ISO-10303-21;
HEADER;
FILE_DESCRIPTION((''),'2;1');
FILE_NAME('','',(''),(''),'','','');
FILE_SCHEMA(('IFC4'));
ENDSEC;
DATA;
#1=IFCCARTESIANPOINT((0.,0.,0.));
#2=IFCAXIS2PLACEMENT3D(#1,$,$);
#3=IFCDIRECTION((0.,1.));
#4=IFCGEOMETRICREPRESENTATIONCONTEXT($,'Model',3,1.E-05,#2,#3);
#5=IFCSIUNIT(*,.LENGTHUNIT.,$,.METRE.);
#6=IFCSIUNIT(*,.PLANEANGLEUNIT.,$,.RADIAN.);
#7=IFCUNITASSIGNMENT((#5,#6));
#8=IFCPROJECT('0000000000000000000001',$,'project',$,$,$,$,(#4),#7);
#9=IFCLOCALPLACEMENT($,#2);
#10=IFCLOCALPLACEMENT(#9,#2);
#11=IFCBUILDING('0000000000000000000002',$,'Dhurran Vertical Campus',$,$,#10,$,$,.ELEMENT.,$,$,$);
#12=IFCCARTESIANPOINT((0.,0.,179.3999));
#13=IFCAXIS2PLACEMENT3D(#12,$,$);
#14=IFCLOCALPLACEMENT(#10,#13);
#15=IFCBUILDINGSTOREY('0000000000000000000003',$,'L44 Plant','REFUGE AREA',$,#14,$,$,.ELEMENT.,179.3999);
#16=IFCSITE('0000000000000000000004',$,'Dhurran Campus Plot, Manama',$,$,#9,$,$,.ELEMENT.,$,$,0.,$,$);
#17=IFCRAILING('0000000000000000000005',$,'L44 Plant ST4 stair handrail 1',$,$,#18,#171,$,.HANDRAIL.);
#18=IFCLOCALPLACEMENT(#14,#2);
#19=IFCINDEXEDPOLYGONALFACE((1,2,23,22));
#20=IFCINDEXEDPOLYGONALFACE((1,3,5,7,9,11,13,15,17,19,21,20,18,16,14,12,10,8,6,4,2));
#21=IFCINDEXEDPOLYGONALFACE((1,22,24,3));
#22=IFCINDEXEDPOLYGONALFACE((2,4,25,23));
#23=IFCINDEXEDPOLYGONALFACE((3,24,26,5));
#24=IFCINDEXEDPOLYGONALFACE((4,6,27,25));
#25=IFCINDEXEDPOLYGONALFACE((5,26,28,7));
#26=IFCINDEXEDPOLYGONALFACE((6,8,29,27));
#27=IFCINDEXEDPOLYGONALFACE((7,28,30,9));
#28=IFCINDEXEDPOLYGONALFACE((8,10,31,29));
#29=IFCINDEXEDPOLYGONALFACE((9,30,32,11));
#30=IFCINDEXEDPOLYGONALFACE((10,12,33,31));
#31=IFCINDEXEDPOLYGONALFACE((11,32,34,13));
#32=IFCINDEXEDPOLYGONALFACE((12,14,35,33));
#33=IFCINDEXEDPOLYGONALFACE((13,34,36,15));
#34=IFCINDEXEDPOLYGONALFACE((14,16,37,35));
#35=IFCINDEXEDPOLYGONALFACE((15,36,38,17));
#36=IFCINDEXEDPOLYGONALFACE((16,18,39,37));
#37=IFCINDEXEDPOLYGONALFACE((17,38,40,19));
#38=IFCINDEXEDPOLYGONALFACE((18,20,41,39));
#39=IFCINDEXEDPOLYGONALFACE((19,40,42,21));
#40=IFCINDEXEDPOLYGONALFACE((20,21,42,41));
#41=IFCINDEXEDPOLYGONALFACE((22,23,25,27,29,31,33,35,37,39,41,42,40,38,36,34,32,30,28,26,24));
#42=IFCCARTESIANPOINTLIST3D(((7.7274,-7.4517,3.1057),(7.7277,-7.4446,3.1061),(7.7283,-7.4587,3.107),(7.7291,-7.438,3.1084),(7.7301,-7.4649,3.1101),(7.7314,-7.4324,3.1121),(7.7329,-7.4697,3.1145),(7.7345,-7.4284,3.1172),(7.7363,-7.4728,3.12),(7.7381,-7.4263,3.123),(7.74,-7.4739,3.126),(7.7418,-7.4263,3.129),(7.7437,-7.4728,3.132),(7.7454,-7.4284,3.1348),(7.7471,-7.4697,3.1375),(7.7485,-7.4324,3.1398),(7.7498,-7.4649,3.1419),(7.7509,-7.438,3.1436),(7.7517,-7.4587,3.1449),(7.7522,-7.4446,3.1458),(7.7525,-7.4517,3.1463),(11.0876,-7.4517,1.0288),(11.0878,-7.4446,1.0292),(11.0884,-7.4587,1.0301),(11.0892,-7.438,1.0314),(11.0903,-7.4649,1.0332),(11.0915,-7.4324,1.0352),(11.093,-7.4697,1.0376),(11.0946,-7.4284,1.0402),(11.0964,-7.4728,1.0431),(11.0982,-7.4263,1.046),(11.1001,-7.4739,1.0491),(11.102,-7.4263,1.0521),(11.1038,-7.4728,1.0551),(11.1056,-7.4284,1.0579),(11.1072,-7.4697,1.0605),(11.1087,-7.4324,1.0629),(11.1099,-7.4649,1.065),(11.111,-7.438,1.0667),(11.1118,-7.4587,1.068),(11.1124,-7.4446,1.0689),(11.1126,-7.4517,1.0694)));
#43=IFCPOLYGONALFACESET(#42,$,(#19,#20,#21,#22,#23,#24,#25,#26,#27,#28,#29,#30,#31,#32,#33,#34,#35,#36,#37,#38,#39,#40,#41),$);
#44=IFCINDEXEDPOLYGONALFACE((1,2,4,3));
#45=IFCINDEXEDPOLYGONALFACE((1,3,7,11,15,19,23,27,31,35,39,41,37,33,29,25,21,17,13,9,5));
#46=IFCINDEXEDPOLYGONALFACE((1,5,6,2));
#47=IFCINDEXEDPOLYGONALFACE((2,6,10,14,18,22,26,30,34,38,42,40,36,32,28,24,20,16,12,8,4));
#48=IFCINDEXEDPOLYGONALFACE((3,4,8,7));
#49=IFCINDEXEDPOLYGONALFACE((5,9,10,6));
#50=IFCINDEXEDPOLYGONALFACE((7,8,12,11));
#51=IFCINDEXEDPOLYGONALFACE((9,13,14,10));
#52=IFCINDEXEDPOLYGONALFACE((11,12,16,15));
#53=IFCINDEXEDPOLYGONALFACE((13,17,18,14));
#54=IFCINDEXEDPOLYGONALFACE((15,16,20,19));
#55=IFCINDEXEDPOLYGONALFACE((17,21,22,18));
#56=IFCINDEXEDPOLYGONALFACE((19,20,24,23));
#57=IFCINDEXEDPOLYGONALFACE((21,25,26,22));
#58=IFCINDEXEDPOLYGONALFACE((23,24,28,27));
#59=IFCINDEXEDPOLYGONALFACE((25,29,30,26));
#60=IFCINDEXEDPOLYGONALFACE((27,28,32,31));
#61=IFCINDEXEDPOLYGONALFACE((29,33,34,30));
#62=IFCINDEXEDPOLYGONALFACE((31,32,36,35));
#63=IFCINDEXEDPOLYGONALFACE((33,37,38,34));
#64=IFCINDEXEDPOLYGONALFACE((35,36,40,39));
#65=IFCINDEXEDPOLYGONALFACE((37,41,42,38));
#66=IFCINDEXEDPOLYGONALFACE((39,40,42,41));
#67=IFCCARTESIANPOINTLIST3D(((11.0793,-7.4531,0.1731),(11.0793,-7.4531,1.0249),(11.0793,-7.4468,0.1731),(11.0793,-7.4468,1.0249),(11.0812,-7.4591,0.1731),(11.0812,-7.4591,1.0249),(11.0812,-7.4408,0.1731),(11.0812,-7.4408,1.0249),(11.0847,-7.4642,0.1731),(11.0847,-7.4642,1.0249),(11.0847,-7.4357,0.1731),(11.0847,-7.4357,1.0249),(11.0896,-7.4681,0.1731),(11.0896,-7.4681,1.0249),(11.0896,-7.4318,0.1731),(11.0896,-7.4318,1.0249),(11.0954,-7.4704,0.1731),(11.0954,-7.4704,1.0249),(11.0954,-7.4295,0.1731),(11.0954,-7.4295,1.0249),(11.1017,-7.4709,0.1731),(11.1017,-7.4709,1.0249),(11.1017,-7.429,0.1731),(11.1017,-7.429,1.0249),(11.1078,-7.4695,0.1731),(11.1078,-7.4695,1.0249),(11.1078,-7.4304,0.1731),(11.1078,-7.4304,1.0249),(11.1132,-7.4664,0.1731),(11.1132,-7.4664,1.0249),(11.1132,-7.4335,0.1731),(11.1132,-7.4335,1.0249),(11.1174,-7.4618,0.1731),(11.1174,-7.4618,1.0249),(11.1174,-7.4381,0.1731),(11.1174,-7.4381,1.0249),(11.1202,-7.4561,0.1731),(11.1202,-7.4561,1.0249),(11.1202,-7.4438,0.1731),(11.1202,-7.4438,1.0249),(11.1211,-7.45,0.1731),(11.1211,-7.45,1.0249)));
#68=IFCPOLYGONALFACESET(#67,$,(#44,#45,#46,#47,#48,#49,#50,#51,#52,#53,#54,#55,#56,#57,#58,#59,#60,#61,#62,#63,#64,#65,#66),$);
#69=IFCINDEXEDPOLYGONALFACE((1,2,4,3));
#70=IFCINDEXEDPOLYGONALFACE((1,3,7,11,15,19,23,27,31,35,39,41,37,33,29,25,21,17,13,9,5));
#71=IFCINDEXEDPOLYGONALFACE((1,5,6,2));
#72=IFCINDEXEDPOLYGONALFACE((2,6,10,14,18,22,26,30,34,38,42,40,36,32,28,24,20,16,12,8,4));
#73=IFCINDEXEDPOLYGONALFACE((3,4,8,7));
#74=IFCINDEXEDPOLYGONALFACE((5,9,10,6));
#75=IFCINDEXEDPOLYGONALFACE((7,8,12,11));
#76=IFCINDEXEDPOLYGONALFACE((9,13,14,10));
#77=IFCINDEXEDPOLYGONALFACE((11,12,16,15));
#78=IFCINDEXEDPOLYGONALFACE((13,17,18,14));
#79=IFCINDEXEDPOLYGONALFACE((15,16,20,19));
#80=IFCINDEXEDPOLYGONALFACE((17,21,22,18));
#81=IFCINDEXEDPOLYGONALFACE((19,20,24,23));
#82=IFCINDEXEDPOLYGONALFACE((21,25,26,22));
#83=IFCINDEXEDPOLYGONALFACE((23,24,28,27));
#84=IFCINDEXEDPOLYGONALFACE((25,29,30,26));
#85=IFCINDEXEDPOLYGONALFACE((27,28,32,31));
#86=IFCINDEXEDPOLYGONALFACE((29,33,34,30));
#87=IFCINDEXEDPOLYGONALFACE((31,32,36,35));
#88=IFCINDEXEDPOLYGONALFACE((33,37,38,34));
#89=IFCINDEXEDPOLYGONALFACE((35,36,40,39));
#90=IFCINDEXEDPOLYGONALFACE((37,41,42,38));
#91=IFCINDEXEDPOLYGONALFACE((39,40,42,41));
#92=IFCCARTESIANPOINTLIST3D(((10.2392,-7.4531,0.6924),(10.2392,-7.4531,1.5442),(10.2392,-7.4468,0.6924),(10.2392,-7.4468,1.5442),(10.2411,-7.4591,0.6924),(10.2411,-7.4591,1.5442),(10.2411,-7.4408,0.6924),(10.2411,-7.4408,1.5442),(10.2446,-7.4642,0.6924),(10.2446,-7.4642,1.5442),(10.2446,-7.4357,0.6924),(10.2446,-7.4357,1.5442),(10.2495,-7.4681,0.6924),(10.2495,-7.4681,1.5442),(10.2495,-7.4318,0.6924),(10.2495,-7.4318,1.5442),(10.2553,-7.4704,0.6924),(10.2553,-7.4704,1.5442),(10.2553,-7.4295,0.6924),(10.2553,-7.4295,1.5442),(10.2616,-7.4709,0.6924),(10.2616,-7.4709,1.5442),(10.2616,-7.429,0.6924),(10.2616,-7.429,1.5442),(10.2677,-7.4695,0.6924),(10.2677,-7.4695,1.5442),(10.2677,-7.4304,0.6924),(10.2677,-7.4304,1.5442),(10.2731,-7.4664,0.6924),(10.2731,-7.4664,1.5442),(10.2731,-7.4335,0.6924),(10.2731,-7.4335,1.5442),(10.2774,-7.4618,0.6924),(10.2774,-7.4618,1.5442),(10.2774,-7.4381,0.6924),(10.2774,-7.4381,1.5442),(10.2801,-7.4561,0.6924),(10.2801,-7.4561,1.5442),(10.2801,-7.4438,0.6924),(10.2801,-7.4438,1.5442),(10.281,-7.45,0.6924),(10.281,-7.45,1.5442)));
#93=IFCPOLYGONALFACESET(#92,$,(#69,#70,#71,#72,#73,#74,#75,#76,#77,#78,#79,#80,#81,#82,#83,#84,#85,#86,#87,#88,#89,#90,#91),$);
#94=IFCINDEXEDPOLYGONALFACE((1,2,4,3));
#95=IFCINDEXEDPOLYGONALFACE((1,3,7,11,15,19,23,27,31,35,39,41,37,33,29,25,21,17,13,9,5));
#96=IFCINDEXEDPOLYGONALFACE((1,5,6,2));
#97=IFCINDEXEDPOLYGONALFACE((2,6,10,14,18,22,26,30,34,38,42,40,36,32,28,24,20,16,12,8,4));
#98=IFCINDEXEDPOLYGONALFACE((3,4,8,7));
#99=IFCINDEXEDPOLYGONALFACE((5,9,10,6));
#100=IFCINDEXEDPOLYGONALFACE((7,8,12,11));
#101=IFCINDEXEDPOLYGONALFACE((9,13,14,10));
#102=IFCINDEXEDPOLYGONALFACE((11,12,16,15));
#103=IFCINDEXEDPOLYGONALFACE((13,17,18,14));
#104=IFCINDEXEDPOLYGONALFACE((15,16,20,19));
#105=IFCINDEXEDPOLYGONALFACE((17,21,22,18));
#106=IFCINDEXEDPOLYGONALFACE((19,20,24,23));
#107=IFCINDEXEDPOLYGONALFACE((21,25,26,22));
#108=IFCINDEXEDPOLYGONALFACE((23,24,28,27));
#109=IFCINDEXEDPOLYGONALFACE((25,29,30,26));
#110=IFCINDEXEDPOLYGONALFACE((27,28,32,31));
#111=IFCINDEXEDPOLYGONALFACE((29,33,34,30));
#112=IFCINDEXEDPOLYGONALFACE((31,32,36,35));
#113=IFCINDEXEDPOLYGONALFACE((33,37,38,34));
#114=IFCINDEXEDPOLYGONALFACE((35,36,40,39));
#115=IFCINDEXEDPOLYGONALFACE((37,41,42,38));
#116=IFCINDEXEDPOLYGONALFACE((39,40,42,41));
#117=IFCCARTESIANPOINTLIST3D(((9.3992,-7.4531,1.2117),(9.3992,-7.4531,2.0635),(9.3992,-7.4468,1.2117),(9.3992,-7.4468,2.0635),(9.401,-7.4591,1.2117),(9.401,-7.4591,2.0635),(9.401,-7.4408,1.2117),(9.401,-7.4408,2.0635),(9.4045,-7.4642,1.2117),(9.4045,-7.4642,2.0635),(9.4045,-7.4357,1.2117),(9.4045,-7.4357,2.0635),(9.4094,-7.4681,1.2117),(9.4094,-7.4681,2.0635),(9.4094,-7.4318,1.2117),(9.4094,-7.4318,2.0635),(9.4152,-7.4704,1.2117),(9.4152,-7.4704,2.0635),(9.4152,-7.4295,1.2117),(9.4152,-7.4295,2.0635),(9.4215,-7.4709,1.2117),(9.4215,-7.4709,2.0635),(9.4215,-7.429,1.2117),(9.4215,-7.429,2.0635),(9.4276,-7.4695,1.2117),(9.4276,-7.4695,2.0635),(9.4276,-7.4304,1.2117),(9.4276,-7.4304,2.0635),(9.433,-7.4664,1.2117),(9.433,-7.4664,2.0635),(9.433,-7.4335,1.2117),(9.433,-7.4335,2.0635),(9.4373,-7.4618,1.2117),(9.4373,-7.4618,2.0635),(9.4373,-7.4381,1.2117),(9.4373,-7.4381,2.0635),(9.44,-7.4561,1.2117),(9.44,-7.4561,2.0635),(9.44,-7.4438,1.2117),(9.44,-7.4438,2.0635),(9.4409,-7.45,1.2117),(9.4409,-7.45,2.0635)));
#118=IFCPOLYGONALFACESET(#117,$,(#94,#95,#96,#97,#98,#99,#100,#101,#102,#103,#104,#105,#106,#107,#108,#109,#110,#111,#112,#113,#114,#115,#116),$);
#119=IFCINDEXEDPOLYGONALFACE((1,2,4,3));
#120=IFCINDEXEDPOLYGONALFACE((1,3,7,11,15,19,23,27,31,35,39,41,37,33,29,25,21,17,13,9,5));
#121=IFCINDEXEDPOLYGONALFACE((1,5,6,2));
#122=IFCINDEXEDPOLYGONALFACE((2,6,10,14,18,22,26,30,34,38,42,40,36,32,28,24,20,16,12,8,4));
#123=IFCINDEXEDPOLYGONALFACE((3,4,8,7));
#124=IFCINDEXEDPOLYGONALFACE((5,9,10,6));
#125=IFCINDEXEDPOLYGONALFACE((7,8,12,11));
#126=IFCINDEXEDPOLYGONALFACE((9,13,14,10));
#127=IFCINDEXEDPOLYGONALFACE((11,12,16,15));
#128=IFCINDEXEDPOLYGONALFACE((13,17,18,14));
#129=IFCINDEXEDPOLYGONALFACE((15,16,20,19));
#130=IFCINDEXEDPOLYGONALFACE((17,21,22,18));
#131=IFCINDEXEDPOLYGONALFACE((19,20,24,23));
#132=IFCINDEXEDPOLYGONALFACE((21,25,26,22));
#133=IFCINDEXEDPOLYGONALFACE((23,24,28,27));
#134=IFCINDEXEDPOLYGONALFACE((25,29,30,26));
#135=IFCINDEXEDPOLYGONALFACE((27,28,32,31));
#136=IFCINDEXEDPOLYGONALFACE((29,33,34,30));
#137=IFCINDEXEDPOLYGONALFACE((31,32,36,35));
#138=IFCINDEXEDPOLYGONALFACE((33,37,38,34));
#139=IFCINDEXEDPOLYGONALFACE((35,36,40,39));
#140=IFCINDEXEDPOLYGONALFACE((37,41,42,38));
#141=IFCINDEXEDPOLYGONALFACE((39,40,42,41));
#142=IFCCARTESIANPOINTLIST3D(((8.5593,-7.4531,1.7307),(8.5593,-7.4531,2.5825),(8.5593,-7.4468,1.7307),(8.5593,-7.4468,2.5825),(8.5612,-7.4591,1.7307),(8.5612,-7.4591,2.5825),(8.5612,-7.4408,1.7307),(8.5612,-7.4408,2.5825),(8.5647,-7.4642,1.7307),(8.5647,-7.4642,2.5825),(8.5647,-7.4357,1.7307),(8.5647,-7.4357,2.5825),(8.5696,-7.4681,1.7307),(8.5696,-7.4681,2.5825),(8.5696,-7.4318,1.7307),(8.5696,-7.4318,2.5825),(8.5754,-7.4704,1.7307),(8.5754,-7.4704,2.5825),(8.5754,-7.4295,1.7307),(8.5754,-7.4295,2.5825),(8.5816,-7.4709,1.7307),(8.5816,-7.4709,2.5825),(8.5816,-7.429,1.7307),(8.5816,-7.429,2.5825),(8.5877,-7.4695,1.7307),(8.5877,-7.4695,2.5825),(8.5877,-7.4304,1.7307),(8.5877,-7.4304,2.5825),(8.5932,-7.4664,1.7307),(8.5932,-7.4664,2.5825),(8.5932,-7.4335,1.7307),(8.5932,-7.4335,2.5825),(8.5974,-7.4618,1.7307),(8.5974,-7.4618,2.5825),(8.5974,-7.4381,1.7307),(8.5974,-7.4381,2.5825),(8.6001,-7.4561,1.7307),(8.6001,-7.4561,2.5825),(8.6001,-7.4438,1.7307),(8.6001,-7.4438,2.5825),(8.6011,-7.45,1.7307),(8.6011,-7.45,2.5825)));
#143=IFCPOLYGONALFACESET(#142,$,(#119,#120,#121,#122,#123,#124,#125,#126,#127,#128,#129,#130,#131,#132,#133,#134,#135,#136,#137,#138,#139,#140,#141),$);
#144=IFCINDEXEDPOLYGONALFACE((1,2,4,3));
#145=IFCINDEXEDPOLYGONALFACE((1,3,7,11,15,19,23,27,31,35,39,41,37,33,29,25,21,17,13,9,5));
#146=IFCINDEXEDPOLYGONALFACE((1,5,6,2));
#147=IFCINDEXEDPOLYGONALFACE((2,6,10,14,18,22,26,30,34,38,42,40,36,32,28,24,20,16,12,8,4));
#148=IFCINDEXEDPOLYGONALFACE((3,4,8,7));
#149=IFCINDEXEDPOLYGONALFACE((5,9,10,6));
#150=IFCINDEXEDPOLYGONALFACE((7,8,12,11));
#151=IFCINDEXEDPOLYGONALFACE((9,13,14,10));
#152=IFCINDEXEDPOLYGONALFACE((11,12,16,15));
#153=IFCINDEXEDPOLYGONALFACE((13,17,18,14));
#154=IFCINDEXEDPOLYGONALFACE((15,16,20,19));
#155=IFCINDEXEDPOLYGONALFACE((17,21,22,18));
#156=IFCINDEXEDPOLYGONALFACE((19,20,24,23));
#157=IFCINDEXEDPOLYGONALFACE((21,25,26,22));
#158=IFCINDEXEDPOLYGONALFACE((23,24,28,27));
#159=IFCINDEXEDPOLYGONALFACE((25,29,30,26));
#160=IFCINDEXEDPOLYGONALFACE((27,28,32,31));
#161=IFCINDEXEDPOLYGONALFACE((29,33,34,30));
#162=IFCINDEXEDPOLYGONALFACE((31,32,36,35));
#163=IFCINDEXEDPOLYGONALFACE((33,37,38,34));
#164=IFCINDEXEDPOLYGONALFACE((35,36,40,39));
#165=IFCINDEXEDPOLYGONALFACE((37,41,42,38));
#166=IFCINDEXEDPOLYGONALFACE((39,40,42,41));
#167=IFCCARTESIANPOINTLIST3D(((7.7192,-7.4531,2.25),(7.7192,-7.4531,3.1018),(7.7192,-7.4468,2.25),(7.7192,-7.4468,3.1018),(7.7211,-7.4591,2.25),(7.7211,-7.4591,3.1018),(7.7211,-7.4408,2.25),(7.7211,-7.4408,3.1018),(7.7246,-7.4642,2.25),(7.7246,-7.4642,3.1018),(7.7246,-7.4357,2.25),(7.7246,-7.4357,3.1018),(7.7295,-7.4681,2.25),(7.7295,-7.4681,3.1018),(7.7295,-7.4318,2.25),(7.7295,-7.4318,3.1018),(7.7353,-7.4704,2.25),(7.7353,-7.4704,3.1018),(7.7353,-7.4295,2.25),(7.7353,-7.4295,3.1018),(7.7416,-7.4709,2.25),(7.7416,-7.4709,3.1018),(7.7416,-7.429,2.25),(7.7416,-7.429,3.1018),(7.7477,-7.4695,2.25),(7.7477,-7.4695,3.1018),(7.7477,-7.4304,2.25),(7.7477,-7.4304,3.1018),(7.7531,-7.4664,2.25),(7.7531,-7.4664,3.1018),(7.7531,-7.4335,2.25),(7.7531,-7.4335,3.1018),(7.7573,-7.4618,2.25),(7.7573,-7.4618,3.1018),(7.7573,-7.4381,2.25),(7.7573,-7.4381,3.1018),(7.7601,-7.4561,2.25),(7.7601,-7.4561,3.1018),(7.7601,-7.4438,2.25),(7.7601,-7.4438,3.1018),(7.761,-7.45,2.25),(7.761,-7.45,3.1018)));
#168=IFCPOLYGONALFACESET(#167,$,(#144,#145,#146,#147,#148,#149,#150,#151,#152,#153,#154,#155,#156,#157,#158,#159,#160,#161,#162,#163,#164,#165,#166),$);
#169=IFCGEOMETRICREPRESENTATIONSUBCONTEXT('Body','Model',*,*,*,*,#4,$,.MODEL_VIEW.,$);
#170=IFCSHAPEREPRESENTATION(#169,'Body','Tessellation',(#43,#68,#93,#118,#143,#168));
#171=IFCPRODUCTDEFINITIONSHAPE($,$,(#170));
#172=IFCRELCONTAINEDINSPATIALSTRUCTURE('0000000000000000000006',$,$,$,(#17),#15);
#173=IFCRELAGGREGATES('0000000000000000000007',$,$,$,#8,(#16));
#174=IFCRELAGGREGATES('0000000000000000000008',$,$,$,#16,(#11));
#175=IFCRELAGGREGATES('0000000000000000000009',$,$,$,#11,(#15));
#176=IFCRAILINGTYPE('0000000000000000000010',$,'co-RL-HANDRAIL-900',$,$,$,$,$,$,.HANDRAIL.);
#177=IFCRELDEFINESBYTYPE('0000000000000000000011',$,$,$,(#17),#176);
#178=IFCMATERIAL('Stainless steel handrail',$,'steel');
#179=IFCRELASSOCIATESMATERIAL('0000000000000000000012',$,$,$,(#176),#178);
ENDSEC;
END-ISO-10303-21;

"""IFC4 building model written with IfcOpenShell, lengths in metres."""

from ifc_helpers import new_model, si_unit, direction, frame, origin, origin_2d, place, context, subcontext, project, spatial, circle, extrude, material, type_object, element, save


model = new_model("IFC4")

# Units and contexts
model_context = context("Model", 3, precision=1e-05, world=origin(), true_north=direction((0.0, 1.0)))
body_context = subcontext(model_context, "Body", "Model", "MODEL_VIEW")
ifc_project = project(units=[si_unit("LENGTHUNIT", "METRE"), si_unit("PLANEANGLEUNIT", "RADIAN")], contexts=[model_context])

# Site, building, storey
site_placement = place(None, origin())
site = spatial("IfcSite", under=ifc_project, at=site_placement, Name="Dhurran Campus Plot, Manama", CompositionType="ELEMENT", RefElevation=0.0)
building_placement = place(site_placement, origin())
building = spatial("IfcBuilding", under=site, at=building_placement, Name="Dhurran Vertical Campus", CompositionType="ELEMENT")
storey_placement = place(building_placement, frame((0.0, 0.0, 179.3999)))
storey = spatial("IfcBuildingStorey", under=building, at=storey_placement, Name="L44 Plant", Description="REFUGE AREA", CompositionType="ELEMENT", Elevation=179.3999)

# Railing
ifc_material_1 = material(Name="Stainless steel handrail", Category="steel")
railing_type_1 = type_object("IfcRailingType", Name="co-RL-HANDRAIL-900", PredefinedType="HANDRAIL", material=ifc_material_1)
railing_1_placement = place(storey_placement, frame((11.1001, -7.45, 0.1731)))
element("IfcRailing", 1, at=railing_1_placement, inside=storey, type_object=railing_type_1, Name="L44 Plant ST4 stair handrail 1", PredefinedType="HANDRAIL", context=body_context, shape_type="SweptSolid", body=[
    extrude(circle(Radius=0.0239, at=origin_2d()), frame((0.0, 0.0, 0.876), z_axis=(-0.850623, 0.0, 0.525776), x_axis=(0.0, -1.0, 0.0)), (0.0, 0.0, 1.0), 3.9502),
    extrude(circle(Radius=0.021, at=origin_2d()), origin(), (0.0, 0.0, 1.0), 0.8518),
    extrude(circle(Radius=0.021, at=origin_2d()), frame((-0.8401, 0.0, 0.5193)), (0.0, 0.0, 1.0), 0.8518),
    extrude(circle(Radius=0.021, at=origin_2d()), frame((-1.6802, 0.0, 1.0386)), (0.0, 0.0, 1.0), 0.8518),
    extrude(circle(Radius=0.021, at=origin_2d()), frame((-2.52, 0.0, 1.5576)), (0.0, 0.0, 1.0), 0.8518),
    extrude(circle(Radius=0.021, at=origin_2d()), frame((-3.3601, 0.0, 2.0769)), (0.0, 0.0, 1.0), 0.8518),
])

save(model, "model.ifc")
